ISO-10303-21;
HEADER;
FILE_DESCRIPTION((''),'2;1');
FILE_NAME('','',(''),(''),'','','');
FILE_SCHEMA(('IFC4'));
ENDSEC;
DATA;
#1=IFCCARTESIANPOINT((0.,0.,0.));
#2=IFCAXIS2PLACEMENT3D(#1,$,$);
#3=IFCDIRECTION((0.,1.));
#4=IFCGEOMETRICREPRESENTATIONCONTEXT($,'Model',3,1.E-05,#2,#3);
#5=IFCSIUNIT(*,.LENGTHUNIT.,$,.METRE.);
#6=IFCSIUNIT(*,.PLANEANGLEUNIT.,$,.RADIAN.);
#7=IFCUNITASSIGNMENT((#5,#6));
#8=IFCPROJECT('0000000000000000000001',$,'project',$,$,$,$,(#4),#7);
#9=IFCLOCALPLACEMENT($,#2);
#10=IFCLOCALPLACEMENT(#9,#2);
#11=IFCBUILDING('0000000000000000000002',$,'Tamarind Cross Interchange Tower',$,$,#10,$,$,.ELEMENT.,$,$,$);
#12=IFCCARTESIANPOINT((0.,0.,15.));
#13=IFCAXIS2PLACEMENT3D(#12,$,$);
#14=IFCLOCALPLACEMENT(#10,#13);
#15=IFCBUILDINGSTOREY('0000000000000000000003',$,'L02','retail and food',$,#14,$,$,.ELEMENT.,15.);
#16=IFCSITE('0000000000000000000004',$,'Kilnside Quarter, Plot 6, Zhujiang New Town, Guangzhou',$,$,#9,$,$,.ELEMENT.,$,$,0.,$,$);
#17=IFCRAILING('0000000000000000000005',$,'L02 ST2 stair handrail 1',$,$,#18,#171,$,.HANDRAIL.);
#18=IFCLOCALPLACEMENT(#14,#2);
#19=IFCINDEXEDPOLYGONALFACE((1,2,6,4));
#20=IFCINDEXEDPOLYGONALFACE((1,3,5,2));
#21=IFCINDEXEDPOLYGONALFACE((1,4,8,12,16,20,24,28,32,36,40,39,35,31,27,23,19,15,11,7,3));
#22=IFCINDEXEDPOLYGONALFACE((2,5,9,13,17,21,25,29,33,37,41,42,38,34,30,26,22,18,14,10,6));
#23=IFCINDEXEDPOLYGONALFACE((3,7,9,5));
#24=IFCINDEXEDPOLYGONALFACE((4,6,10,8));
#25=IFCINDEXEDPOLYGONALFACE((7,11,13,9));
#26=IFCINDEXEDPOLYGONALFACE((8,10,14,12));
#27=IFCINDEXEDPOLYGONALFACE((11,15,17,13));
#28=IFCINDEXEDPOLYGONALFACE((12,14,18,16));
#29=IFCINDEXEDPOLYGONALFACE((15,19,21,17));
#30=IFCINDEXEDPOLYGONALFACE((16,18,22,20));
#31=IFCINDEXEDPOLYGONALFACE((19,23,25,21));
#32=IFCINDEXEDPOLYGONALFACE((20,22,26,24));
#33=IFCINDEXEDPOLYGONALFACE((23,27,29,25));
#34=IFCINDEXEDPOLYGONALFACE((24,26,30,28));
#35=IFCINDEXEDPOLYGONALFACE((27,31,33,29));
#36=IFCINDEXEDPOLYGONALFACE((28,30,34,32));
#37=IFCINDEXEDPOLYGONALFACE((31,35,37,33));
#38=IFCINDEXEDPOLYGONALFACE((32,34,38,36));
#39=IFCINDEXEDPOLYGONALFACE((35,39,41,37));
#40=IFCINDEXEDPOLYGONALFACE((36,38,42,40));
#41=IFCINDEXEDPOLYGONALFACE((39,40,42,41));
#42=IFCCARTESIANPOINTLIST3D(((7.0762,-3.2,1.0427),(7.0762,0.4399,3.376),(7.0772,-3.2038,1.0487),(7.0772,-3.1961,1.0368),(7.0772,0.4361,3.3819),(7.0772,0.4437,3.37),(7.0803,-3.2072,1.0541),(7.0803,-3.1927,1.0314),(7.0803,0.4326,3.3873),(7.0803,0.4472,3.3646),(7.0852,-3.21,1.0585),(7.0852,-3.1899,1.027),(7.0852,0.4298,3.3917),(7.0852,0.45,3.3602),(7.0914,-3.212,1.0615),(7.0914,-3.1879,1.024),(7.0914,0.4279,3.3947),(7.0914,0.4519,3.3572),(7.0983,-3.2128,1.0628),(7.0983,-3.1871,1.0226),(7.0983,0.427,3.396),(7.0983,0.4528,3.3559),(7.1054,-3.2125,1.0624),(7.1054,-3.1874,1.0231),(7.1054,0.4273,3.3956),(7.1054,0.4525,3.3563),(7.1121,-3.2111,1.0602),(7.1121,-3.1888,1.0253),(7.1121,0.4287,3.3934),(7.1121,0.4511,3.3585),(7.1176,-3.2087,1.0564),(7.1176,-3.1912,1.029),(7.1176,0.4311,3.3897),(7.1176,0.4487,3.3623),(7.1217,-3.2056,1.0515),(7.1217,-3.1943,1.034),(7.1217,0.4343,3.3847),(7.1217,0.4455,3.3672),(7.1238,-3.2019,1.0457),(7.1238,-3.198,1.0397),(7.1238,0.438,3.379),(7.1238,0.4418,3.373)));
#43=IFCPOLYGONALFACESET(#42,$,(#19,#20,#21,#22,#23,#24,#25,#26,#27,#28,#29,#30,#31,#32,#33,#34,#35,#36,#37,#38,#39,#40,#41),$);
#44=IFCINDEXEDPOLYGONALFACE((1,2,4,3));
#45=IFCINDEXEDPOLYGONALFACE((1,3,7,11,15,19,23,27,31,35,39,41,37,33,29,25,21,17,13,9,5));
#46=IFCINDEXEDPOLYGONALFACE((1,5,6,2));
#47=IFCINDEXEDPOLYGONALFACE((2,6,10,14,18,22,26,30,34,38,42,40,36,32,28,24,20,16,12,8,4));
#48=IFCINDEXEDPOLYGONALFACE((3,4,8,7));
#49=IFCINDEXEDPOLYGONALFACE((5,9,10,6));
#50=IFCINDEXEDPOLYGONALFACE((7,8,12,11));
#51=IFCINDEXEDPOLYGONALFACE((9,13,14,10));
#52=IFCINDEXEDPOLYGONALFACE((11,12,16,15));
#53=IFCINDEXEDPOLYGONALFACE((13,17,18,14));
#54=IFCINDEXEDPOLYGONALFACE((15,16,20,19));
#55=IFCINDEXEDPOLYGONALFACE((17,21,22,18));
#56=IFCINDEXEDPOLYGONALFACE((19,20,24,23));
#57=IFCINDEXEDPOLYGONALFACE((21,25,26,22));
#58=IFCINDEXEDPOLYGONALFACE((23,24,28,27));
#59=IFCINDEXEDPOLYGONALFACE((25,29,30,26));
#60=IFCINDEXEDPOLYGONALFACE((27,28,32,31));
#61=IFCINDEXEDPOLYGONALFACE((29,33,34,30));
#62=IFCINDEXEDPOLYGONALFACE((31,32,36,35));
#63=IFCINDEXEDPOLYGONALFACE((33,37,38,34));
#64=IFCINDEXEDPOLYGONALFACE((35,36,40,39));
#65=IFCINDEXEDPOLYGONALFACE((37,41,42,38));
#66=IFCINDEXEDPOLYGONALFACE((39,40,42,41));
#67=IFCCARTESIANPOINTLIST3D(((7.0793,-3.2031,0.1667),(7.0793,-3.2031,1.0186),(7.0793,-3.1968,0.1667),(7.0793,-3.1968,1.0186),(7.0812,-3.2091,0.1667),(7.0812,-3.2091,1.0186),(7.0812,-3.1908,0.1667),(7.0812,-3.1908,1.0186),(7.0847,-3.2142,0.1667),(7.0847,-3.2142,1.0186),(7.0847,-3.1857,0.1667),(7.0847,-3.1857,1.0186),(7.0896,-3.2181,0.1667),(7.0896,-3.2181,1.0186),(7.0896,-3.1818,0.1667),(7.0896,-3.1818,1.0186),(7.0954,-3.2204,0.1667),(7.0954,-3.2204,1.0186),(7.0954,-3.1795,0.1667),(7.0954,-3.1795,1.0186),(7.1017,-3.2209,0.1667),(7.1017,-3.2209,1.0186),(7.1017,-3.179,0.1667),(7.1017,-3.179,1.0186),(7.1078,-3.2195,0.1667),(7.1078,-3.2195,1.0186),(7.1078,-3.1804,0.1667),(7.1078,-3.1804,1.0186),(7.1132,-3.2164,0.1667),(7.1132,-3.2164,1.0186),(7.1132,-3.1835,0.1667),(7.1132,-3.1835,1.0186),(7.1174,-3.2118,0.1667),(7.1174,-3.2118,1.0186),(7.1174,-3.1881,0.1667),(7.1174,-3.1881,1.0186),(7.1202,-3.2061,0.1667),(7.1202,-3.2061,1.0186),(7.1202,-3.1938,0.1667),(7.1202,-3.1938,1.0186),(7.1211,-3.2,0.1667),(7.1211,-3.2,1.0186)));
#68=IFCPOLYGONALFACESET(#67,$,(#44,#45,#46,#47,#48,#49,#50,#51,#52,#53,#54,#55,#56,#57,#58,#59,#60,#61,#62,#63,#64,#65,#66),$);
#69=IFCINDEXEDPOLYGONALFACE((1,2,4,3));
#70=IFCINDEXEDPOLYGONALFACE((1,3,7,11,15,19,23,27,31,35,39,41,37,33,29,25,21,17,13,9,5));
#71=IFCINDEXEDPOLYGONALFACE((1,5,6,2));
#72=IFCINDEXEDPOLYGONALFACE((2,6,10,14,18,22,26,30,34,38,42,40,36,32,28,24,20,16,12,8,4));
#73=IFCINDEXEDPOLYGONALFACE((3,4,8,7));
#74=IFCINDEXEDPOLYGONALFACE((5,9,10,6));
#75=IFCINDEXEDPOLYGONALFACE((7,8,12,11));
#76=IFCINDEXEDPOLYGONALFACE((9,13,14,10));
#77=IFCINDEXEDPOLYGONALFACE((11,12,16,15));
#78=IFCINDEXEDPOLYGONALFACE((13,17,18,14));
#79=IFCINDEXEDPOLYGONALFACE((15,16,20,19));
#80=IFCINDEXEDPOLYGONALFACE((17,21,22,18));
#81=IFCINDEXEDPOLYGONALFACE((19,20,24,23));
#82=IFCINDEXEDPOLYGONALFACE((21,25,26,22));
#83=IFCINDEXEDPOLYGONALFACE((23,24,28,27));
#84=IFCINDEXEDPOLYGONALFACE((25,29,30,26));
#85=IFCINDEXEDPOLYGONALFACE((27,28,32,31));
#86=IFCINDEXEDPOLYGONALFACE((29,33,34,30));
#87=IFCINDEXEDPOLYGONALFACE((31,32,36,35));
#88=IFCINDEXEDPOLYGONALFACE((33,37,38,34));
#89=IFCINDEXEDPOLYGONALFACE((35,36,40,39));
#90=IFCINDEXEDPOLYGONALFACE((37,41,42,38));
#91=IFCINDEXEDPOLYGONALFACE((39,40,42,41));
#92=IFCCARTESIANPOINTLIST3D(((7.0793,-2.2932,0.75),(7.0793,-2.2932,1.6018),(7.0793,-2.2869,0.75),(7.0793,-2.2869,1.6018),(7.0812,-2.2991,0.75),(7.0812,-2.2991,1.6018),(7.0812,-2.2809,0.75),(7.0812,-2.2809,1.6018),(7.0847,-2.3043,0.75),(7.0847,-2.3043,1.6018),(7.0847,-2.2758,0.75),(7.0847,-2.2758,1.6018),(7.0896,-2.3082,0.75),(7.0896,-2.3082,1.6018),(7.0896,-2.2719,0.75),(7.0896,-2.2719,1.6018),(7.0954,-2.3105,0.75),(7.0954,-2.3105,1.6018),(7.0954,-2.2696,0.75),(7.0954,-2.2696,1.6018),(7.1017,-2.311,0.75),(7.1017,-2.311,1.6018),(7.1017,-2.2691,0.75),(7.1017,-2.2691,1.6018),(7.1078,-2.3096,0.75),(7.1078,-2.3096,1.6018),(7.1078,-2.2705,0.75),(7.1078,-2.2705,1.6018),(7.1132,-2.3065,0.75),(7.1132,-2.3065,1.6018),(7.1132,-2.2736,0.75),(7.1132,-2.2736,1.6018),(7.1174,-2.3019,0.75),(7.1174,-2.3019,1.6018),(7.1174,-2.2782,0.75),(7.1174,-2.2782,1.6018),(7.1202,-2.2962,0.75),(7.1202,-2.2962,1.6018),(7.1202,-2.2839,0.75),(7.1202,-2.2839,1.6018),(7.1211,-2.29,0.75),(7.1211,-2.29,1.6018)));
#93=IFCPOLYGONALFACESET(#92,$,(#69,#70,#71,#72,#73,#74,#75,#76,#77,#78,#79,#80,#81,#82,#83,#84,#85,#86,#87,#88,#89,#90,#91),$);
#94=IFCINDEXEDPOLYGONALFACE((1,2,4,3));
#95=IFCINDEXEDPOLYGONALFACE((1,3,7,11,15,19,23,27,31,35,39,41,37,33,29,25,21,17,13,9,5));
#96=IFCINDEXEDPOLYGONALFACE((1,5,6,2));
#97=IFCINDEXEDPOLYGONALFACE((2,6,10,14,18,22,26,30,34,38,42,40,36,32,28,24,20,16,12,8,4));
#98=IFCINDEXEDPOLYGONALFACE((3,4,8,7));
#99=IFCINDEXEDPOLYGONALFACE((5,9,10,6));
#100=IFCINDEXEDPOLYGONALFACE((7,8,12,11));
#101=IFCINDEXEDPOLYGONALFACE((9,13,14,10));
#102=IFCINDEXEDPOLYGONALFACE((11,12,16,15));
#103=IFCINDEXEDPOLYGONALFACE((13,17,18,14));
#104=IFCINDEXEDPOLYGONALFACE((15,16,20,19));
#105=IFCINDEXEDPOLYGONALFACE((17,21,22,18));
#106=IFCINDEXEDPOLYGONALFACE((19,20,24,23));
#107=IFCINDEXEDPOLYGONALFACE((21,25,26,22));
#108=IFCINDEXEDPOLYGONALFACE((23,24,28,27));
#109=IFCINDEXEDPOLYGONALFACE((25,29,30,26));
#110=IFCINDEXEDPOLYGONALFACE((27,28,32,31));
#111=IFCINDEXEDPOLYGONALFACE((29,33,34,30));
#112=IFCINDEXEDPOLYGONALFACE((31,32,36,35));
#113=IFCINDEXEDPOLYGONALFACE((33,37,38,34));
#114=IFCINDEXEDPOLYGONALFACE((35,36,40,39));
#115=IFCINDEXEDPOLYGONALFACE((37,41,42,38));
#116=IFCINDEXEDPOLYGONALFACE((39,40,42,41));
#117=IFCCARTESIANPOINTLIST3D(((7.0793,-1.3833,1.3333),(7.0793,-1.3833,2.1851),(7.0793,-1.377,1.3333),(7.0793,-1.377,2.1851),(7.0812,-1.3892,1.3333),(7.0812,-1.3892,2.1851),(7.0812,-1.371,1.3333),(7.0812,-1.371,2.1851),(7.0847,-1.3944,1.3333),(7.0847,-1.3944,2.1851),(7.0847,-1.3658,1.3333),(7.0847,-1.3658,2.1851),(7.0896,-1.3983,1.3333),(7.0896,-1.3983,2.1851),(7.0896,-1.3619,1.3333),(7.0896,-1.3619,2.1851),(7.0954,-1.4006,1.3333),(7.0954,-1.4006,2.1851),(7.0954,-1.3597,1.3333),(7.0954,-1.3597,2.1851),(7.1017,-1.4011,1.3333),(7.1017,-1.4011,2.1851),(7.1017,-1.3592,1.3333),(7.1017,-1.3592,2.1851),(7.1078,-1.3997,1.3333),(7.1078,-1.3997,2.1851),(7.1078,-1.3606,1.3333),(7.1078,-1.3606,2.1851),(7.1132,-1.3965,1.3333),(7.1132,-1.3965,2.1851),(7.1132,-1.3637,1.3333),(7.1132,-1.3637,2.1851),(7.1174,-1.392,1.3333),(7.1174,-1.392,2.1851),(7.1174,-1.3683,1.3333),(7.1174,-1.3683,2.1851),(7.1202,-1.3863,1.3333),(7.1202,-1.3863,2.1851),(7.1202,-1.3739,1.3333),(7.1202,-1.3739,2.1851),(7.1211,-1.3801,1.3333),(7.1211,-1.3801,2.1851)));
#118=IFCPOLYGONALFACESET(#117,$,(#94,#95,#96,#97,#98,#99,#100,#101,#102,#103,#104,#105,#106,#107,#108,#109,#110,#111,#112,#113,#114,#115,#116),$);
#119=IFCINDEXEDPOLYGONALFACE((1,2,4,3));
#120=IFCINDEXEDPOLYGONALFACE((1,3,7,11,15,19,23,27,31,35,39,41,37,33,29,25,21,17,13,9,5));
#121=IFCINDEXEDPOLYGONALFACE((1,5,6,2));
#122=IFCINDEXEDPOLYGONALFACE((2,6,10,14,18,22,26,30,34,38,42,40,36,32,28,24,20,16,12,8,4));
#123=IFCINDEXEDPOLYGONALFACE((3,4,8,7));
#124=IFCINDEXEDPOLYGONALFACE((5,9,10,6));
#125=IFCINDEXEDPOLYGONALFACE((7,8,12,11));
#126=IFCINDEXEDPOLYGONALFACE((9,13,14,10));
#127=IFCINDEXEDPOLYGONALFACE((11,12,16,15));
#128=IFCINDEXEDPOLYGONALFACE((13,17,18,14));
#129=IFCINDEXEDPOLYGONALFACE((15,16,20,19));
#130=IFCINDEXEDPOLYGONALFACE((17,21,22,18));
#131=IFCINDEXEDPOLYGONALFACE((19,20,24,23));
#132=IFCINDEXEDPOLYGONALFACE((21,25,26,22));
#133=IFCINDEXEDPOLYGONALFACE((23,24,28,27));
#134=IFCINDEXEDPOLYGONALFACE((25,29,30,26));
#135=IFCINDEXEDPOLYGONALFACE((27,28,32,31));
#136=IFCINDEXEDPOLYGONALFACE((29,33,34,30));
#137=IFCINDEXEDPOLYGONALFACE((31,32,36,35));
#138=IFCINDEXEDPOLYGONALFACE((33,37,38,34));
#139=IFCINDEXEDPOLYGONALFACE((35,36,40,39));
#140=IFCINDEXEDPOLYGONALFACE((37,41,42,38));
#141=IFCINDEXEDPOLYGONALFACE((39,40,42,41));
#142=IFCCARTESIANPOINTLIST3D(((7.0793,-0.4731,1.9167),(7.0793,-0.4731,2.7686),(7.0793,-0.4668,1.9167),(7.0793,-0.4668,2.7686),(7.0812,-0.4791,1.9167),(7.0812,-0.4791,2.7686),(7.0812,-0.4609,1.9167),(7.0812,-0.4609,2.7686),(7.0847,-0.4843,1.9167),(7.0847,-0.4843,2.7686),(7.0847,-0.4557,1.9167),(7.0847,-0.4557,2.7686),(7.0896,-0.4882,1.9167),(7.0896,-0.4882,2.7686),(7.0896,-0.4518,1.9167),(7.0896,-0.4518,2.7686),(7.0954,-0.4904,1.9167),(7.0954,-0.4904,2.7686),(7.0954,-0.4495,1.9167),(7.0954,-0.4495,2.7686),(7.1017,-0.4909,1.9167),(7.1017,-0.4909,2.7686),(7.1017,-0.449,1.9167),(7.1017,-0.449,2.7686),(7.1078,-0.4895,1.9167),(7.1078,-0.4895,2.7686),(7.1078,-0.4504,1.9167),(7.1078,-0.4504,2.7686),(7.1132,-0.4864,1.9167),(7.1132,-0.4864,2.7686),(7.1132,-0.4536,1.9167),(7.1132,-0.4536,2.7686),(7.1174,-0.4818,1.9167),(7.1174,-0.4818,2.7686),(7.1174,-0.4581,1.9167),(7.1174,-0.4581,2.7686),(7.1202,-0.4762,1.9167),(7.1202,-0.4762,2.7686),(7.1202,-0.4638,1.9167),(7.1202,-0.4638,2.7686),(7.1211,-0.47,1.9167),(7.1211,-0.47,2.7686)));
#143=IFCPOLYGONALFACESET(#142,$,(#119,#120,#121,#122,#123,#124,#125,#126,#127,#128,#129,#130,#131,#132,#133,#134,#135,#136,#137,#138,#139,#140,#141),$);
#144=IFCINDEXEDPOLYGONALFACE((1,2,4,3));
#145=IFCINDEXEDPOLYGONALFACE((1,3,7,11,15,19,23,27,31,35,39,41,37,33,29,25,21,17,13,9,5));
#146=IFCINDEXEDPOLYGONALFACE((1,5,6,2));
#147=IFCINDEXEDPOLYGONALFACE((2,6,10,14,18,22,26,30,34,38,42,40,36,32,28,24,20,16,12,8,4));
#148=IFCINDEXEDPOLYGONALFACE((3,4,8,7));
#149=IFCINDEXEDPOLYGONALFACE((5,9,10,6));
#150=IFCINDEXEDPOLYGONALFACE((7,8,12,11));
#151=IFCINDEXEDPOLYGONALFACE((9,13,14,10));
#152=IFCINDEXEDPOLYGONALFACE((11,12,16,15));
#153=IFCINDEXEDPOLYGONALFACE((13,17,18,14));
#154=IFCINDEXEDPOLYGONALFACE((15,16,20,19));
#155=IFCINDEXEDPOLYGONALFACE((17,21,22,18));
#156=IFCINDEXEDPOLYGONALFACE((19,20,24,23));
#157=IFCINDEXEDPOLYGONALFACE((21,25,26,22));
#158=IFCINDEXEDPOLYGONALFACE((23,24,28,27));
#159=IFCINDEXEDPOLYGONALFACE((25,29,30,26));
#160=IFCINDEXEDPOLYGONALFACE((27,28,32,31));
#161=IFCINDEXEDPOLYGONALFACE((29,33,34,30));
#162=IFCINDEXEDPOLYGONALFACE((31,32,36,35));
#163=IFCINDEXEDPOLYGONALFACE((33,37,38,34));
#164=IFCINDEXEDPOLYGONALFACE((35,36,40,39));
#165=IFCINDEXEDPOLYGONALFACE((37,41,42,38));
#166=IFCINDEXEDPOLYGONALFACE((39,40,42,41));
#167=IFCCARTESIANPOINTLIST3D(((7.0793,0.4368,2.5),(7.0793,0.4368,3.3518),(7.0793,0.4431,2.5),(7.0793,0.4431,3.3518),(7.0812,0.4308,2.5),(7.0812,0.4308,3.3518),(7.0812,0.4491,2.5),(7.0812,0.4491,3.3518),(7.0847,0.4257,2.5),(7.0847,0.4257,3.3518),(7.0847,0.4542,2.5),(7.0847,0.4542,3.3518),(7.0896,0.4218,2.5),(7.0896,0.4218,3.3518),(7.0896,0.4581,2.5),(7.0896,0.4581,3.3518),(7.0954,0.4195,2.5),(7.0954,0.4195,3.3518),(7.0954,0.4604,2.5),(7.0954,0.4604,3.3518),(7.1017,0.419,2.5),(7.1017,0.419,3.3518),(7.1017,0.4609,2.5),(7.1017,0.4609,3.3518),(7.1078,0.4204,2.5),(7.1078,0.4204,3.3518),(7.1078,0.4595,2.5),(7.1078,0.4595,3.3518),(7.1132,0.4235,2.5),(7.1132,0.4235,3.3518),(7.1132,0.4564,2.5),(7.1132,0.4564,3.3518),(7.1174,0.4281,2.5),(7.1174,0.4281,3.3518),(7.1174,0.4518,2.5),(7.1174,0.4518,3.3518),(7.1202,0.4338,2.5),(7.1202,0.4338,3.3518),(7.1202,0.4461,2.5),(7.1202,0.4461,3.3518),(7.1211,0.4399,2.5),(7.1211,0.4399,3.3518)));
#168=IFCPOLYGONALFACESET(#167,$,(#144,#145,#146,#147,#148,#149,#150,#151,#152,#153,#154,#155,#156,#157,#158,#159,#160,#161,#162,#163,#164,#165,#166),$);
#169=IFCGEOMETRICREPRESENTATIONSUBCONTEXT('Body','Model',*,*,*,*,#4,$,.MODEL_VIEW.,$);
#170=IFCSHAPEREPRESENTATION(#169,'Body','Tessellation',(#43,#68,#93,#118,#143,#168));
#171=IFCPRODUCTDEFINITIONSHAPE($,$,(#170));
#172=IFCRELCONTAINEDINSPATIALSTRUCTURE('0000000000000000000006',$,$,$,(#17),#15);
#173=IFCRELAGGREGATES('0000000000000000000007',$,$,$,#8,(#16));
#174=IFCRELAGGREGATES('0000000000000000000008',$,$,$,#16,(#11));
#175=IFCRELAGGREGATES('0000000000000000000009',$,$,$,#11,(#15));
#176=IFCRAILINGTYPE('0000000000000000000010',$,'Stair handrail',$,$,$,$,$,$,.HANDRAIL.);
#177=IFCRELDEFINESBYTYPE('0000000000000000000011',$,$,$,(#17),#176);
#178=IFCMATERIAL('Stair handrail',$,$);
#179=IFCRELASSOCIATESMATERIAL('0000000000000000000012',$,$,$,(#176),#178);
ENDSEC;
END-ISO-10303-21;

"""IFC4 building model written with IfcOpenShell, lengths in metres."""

from ifc_helpers import new_model, si_unit, direction, frame, origin, origin_2d, place, context, subcontext, project, spatial, circle, extrude, material, type_object, element, save


model = new_model("IFC4")

# Units and contexts
model_context = context("Model", 3, precision=1e-05, world=origin(), true_north=direction((0.0, 1.0)))
body_context = subcontext(model_context, "Body", "Model", "MODEL_VIEW")
ifc_project = project(units=[si_unit("LENGTHUNIT", "METRE"), si_unit("PLANEANGLEUNIT", "RADIAN")], contexts=[model_context])

# Site, building, storey
site_placement = place(None, origin())
site = spatial("IfcSite", under=ifc_project, at=site_placement, Name="Kilnside Quarter, Plot 6, Zhujiang New Town, Guangzhou", CompositionType="ELEMENT", RefElevation=0.0)
building_placement = place(site_placement, origin())
building = spatial("IfcBuilding", under=site, at=building_placement, Name="Tamarind Cross Interchange Tower", CompositionType="ELEMENT")
storey_placement = place(building_placement, frame((0.0, 0.0, 15.0)))
storey = spatial("IfcBuildingStorey", under=building, at=storey_placement, Name="L02", Description="retail and food", CompositionType="ELEMENT", Elevation=15.0)

# Railing
ifc_material_1 = material(Name="Stair handrail")
railing_type_1 = type_object("IfcRailingType", Name="Stair handrail", PredefinedType="HANDRAIL", material=ifc_material_1)
railing_1_placement = place(storey_placement, frame((7.1001, -3.2, 0.1667)))
element("IfcRailing", 1, at=railing_1_placement, inside=storey, type_object=railing_type_1, Name="L02 ST2 stair handrail 1", PredefinedType="HANDRAIL", context=body_context, shape_type="SweptSolid", body=[
    extrude(circle(Radius=0.0239, at=origin_2d()), frame((0.0, 0.0, 0.876), z_axis=(0.0, 0.84188, 0.539664), x_axis=(-1.0, 0.0, 0.0)), (0.0, 0.0, 1.0), 4.3235),
    extrude(circle(Radius=0.021, at=origin_2d()), origin(), (0.0, 0.0, 1.0), 0.8518),
    extrude(circle(Radius=0.021, at=origin_2d()), frame((0.0, 0.9099, 0.5833)), (0.0, 0.0, 1.0), 0.8518),
    extrude(circle(Radius=0.021, at=origin_2d()), frame((0.0, 1.8198, 1.1665)), (0.0, 0.0, 1.0), 0.8518),
    extrude(circle(Radius=0.021, at=origin_2d()), frame((0.0, 2.73, 1.75)), (0.0, 0.0, 1.0), 0.8518),
    extrude(circle(Radius=0.021, at=origin_2d()), frame((0.0, 3.6399, 2.3333)), (0.0, 0.0, 1.0), 0.8518),
])

save(model, "model.ifc")
